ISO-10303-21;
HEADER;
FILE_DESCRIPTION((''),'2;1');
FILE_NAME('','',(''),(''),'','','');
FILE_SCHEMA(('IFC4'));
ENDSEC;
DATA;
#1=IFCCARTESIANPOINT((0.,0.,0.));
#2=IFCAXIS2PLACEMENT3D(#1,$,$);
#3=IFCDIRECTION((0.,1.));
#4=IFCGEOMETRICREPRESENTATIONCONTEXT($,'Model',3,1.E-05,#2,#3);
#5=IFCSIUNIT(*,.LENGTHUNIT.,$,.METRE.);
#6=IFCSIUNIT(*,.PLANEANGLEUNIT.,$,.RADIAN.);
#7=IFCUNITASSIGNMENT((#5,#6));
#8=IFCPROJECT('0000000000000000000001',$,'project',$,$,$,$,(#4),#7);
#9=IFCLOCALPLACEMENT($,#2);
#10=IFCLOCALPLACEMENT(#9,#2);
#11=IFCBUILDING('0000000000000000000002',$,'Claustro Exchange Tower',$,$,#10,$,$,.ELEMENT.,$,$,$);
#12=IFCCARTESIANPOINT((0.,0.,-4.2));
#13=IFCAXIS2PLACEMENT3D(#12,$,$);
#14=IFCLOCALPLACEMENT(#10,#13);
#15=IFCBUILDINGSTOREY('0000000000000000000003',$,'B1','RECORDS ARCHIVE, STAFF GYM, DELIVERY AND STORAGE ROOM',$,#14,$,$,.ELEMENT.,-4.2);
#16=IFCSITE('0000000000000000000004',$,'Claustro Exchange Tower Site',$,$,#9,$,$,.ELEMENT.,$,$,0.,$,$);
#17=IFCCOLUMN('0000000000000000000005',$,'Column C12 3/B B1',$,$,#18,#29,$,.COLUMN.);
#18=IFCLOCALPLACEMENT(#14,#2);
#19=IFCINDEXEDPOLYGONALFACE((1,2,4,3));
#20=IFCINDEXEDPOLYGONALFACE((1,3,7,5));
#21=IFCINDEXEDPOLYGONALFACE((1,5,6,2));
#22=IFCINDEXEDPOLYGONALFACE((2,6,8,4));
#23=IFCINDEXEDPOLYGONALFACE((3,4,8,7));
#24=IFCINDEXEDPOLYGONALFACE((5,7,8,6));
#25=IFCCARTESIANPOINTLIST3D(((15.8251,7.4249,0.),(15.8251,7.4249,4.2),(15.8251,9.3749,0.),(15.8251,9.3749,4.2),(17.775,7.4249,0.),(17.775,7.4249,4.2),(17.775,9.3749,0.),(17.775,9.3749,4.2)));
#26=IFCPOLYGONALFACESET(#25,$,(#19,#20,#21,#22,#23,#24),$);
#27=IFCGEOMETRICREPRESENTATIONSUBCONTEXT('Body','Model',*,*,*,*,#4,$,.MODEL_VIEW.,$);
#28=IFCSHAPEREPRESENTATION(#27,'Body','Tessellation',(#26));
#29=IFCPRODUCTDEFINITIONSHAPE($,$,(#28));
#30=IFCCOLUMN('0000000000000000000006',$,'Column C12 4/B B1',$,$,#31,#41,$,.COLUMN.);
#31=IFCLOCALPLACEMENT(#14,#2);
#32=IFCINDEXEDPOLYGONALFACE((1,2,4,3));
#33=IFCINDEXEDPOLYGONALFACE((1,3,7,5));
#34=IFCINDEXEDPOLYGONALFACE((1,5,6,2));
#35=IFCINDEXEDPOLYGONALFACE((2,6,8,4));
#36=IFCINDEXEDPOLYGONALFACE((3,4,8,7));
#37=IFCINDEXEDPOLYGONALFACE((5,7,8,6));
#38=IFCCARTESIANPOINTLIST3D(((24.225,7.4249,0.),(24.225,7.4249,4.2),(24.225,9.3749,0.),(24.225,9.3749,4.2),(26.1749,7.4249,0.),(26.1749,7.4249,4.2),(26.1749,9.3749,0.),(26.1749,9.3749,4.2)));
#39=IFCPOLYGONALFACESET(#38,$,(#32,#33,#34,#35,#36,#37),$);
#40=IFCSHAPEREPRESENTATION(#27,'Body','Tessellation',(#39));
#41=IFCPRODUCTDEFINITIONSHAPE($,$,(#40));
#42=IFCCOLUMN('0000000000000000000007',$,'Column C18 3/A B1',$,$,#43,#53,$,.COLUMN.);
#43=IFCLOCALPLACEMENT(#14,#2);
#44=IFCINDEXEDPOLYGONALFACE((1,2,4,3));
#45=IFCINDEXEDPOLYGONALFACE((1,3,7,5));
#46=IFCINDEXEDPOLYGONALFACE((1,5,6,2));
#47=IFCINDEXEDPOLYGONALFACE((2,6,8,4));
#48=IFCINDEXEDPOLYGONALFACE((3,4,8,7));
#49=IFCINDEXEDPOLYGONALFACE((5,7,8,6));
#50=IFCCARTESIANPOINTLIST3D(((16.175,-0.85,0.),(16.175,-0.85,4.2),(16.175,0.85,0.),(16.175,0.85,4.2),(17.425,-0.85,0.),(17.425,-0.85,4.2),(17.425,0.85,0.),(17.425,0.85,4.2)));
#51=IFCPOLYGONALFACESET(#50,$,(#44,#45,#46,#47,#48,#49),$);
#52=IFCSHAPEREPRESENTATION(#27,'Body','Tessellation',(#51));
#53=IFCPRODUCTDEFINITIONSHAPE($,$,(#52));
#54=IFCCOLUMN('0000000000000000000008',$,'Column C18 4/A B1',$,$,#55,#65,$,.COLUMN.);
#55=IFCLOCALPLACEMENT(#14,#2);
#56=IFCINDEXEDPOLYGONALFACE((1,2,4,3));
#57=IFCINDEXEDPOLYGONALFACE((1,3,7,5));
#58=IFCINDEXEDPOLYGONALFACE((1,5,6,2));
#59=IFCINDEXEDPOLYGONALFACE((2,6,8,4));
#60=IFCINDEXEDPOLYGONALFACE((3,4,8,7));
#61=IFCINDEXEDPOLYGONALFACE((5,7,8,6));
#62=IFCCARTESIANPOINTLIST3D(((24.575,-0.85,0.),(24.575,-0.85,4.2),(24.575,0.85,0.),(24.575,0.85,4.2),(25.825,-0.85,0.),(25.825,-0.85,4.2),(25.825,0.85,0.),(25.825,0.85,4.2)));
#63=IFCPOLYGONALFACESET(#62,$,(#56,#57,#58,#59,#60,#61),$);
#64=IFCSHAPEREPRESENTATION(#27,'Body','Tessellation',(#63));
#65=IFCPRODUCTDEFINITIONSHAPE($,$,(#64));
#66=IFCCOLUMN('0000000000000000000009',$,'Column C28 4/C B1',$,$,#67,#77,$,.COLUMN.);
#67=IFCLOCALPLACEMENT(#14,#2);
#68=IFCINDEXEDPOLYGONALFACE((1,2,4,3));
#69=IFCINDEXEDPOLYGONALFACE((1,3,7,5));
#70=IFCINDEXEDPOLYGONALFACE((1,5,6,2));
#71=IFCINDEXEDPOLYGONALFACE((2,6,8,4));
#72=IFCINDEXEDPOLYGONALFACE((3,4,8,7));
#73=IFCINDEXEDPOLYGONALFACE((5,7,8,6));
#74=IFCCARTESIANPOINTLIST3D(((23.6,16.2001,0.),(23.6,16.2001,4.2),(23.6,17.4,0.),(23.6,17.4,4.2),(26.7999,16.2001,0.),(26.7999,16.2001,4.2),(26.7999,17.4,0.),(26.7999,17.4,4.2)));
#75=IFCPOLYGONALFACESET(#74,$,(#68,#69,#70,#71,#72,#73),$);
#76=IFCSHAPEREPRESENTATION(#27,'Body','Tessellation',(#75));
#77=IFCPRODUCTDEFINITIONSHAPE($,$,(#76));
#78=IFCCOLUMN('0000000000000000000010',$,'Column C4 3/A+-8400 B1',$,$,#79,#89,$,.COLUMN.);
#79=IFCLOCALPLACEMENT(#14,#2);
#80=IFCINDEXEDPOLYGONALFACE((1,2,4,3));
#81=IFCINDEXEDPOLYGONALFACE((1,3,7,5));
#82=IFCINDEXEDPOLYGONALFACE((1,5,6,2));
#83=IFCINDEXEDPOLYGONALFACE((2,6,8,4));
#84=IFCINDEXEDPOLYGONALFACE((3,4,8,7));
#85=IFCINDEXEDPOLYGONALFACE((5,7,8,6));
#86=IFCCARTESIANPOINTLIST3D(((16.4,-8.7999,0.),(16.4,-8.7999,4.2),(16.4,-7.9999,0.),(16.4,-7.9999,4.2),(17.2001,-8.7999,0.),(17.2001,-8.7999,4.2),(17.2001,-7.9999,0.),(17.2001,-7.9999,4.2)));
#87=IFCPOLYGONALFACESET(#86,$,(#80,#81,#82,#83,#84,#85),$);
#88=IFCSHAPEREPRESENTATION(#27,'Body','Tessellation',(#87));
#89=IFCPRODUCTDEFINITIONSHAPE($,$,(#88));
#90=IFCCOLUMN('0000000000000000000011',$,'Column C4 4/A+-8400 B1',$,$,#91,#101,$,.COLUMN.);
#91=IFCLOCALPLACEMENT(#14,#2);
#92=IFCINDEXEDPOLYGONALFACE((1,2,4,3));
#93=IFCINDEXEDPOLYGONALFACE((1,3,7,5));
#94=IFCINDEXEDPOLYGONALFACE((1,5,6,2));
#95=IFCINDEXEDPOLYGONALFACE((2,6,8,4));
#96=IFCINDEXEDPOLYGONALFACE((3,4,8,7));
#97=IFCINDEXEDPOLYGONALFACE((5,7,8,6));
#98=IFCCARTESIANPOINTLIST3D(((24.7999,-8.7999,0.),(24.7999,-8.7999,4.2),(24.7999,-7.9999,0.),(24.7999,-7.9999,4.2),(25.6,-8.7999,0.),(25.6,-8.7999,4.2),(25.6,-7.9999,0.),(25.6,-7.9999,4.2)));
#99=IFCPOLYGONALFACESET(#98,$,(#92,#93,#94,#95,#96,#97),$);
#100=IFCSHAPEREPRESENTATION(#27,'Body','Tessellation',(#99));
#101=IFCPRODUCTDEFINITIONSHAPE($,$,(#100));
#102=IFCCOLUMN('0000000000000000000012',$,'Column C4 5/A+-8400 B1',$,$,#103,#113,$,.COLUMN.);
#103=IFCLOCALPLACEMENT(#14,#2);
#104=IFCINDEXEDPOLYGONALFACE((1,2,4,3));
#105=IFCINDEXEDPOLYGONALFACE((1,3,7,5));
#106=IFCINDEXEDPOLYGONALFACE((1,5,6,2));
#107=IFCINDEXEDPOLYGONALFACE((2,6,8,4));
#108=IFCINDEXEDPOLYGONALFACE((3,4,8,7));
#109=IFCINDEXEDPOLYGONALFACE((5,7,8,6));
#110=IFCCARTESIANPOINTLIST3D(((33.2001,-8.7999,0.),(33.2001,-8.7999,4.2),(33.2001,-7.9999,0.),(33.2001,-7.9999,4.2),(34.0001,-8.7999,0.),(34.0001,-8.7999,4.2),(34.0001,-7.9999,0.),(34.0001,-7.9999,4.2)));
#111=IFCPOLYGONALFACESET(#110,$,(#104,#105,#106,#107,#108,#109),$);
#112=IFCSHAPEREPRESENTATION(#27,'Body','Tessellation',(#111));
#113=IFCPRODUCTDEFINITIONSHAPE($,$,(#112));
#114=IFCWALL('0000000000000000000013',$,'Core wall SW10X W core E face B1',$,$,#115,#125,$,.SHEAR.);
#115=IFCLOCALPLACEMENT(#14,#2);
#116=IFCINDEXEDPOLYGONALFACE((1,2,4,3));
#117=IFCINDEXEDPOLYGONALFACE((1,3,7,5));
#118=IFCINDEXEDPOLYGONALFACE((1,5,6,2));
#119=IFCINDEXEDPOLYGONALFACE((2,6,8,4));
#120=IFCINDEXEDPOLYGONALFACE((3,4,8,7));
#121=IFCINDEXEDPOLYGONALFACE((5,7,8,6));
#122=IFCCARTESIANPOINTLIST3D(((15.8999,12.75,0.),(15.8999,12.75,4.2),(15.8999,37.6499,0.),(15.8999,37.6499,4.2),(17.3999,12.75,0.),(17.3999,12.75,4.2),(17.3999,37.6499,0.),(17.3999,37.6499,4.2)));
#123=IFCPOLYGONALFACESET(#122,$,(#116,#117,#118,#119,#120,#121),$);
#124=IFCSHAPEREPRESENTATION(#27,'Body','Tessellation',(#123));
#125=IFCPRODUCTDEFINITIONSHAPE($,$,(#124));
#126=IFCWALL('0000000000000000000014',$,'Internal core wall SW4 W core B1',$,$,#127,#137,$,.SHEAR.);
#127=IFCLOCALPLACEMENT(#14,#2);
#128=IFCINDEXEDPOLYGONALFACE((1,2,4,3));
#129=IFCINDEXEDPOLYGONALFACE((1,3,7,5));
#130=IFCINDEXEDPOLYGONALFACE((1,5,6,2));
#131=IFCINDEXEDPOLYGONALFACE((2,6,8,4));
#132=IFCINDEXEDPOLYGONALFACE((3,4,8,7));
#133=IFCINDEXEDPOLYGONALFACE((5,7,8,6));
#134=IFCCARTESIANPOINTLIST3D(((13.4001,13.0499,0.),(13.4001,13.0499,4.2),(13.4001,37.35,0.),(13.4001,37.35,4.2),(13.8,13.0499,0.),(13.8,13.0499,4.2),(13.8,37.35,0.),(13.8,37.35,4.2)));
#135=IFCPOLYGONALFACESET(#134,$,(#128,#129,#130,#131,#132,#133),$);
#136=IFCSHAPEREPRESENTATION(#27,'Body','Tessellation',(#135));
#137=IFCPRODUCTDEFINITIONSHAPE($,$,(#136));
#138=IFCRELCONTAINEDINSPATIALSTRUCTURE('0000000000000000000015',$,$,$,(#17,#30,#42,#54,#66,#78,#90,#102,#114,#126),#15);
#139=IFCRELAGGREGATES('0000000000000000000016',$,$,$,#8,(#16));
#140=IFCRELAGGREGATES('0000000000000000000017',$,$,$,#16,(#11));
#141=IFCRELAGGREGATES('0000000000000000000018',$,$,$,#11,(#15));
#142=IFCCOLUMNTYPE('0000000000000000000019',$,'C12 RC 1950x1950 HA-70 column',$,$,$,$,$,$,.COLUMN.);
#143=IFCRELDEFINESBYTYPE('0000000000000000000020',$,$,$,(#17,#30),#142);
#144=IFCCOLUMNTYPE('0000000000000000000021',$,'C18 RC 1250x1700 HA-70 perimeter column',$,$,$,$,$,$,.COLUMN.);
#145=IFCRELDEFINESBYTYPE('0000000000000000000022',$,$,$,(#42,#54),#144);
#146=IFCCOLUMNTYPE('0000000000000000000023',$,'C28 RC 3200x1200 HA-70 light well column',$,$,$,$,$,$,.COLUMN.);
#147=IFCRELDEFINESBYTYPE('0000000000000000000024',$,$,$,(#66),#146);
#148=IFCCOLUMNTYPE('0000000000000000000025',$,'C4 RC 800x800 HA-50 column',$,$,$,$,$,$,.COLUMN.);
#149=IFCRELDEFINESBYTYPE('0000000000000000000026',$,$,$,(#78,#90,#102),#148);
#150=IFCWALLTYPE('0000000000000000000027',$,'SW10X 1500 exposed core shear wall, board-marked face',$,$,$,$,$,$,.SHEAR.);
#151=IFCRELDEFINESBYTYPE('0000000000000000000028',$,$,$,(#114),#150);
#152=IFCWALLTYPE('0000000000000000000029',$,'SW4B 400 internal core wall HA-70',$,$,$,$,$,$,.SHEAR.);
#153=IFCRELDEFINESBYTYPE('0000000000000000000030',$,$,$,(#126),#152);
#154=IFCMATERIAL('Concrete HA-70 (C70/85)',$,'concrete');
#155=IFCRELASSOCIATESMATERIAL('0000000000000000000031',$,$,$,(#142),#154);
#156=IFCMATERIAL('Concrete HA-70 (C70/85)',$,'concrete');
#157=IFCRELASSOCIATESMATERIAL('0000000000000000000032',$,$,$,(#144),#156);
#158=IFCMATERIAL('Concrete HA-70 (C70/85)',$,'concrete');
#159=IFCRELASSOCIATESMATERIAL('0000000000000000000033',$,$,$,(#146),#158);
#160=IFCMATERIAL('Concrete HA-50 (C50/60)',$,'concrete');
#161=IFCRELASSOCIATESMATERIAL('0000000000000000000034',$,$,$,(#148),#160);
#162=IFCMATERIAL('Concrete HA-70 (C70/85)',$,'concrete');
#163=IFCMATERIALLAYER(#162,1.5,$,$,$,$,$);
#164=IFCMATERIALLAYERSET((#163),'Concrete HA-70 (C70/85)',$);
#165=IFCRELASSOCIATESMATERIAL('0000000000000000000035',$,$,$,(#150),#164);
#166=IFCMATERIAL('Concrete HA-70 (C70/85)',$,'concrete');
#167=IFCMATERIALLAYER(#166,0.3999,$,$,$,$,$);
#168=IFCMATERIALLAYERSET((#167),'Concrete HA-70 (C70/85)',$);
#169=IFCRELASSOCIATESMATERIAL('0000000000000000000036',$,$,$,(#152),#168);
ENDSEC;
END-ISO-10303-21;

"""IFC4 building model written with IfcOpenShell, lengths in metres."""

from ifc_helpers import new_model, si_unit, direction, frame, frame_2d, origin, origin_2d, place, context, subcontext, project, spatial, rectangle, extrude, material, layer, layer_set, material_profile, profile_set, type_object, element, save


model = new_model("IFC4")

# Units and contexts
model_context = context("Model", 3, precision=1e-05, world=origin(), true_north=direction((0.0, 1.0)))
body_context = subcontext(model_context, "Body", "Model", "MODEL_VIEW")
ifc_project = project(units=[si_unit("LENGTHUNIT", "METRE"), si_unit("PLANEANGLEUNIT", "RADIAN")], contexts=[model_context])

# Site, building, storey
site_placement = place(None, origin())
site = spatial("IfcSite", under=ifc_project, at=site_placement, Name="Claustro Exchange Tower Site", CompositionType="ELEMENT", RefElevation=0.0)
building_placement = place(site_placement, origin())
building = spatial("IfcBuilding", under=site, at=building_placement, Name="Claustro Exchange Tower", CompositionType="ELEMENT")
storey_placement = place(building_placement, frame((0.0, 0.0, -4.2)))
storey = spatial("IfcBuildingStorey", under=building, at=storey_placement, Name="B1", Description="RECORDS ARCHIVE, STAFF GYM, DELIVERY AND STORAGE ROOM", CompositionType="ELEMENT", Elevation=-4.2)

# Columns
ifc_material_1 = material(Name="Concrete HA-70 (C70/85)", Category="concrete")
ifc_material_profile_1 = material_profile(ifc_material_1, rectangle(XDim=1.95, YDim=1.95, at=origin_2d()), Name="RC 1950x1950")
ifc_profile_set_1 = profile_set([ifc_material_profile_1], Name="Concrete HA-70 (C70/85)")
column_type_1 = type_object("IfcColumnType", Name="C12 RC 1950x1950 HA-70 column", PredefinedType="COLUMN", material=ifc_profile_set_1)
for number, where, z_axis, x_axis, name in (
    (1, (16.8, 8.3999, 0.0), (0.0, 0.0, 1.0), (1.0, 0.0, 0.0), "Column C12 3/B B1"),
    (2, (25.2, 8.3999, 0.0), (0.0, 0.0, 1.0), (1.0, 0.0, 0.0), "Column C12 4/B B1"),
):
    element("IfcColumn", number, at=place(storey_placement, frame(where, z_axis=z_axis, x_axis=x_axis)), inside=storey, type_object=column_type_1, Name=name, PredefinedType="COLUMN", context=body_context, shape_type="SweptSolid", body=[
        extrude(rectangle(XDim=1.95, YDim=1.95, at=origin_2d()), origin(), (0.0, 0.0, 1.0), 4.2),
    ])
ifc_material_2 = material(Name="Concrete HA-70 (C70/85)", Category="concrete")
ifc_material_profile_2 = material_profile(ifc_material_2, rectangle(XDim=1.25, YDim=1.7, at=origin_2d()), Name="RC 1250x1700")
ifc_profile_set_2 = profile_set([ifc_material_profile_2], Name="Concrete HA-70 (C70/85)")
column_type_2 = type_object("IfcColumnType", Name="C18 RC 1250x1700 HA-70 perimeter column", PredefinedType="COLUMN", material=ifc_profile_set_2)
for number, where, z_axis, x_axis, name in (
    (3, (16.8, 0.0, 0.0), (0.0, 0.0, 1.0), (1.0, 0.0, 0.0), "Column C18 3/A B1"),
    (4, (25.2, 0.0, 0.0), (0.0, 0.0, 1.0), (1.0, 0.0, 0.0), "Column C18 4/A B1"),
):
    element("IfcColumn", number, at=place(storey_placement, frame(where, z_axis=z_axis, x_axis=x_axis)), inside=storey, type_object=column_type_2, Name=name, PredefinedType="COLUMN", context=body_context, shape_type="SweptSolid", body=[
        extrude(rectangle(XDim=1.25, YDim=1.7, at=origin_2d()), origin(), (0.0, 0.0, 1.0), 4.2),
    ])
ifc_material_3 = material(Name="Concrete HA-70 (C70/85)", Category="concrete")
ifc_material_profile_3 = material_profile(ifc_material_3, rectangle(XDim=3.2, YDim=1.2, at=origin_2d()), Name="RC 3200x1200")
ifc_profile_set_3 = profile_set([ifc_material_profile_3], Name="Concrete HA-70 (C70/85)")
column_type_3 = type_object("IfcColumnType", Name="C28 RC 3200x1200 HA-70 light well column", PredefinedType="COLUMN", material=ifc_profile_set_3)
column_placement = place(storey_placement, frame((25.2, 16.8, 0.0), z_axis=(0.0, 0.0, 1.0), x_axis=(1.0, 0.0, 0.0)))
element("IfcColumn", 5, at=column_placement, inside=storey, type_object=column_type_3, Name="Column C28 4/C B1", PredefinedType="COLUMN", context=body_context, shape_type="SweptSolid", body=[
    extrude(rectangle(XDim=3.2, YDim=1.2, at=origin_2d()), origin(), (0.0, 0.0, 1.0), 4.2),
])
ifc_material_4 = material(Name="Concrete HA-50 (C50/60)", Category="concrete")
ifc_material_profile_4 = material_profile(ifc_material_4, rectangle(XDim=0.8, YDim=0.8, at=origin_2d()), Name="RC 800x800")
ifc_profile_set_4 = profile_set([ifc_material_profile_4], Name="Concrete HA-50 (C50/60)")
column_type_4 = type_object("IfcColumnType", Name="C4 RC 800x800 HA-50 column", PredefinedType="COLUMN", material=ifc_profile_set_4)
for number, where, z_axis, x_axis, name in (
    (6, (16.8, -8.3999, 0.0), (0.0, 0.0, 1.0), (1.0, 0.0, 0.0), "Column C4 3/A+-8400 B1"),
    (7, (25.2, -8.3999, 0.0), (0.0, 0.0, 1.0), (1.0, 0.0, 0.0), "Column C4 4/A+-8400 B1"),
    (8, (33.6001, -8.3999, 0.0), (0.0, 0.0, 1.0), (1.0, 0.0, 0.0), "Column C4 5/A+-8400 B1"),
):
    element("IfcColumn", number, at=place(storey_placement, frame(where, z_axis=z_axis, x_axis=x_axis)), inside=storey, type_object=column_type_4, Name=name, PredefinedType="COLUMN", context=body_context, shape_type="SweptSolid", body=[
        extrude(rectangle(XDim=0.8, YDim=0.8, at=origin_2d()), origin(), (0.0, 0.0, 1.0), 4.2),
    ])

# Walls
ifc_material_5 = material(Name="Concrete HA-70 (C70/85)", Category="concrete")
ifc_layer_1 = layer(ifc_material_5, 1.5)
ifc_layer_set_1 = layer_set([ifc_layer_1], Name="Concrete HA-70 (C70/85)")
wall_type_1 = type_object("IfcWallType", Name="SW10X 1500 exposed core shear wall, board-marked face", PredefinedType="SHEAR", material=ifc_layer_set_1)
wall_1_placement = place(storey_placement, frame((16.6499, 12.75, 0.0), z_axis=(0.0, 0.0, 1.0), x_axis=(0.0, 1.0, 0.0)))
element("IfcWall", 9, at=wall_1_placement, inside=storey, type_object=wall_type_1, Name="Core wall SW10X W core E face B1", PredefinedType="SHEAR", context=body_context, shape_type="SweptSolid", body=[
    extrude(rectangle(XDim=24.8999, YDim=1.5, at=frame_2d((12.45, 0.0))), origin(), (0.0, 0.0, 1.0), 4.2),
])
ifc_material_6 = material(Name="Concrete HA-70 (C70/85)", Category="concrete")
ifc_layer_2 = layer(ifc_material_6, 0.3999)
ifc_layer_set_2 = layer_set([ifc_layer_2], Name="Concrete HA-70 (C70/85)")
wall_type_2 = type_object("IfcWallType", Name="SW4B 400 internal core wall HA-70", PredefinedType="SHEAR", material=ifc_layer_set_2)
wall_2_placement = place(storey_placement, frame((13.6001, 13.05, 0.0), z_axis=(0.0, 0.0, 1.0), x_axis=(0.0, 1.0, 0.0)))
element("IfcWall", 10, at=wall_2_placement, inside=storey, type_object=wall_type_2, Name="Internal core wall SW4 W core B1", PredefinedType="SHEAR", context=body_context, shape_type="SweptSolid", body=[
    extrude(rectangle(XDim=24.3, YDim=0.3999, at=frame_2d((12.1499, 0.0))), origin(), (0.0, 0.0, 1.0), 4.2),
])

save(model, "model.ifc")
